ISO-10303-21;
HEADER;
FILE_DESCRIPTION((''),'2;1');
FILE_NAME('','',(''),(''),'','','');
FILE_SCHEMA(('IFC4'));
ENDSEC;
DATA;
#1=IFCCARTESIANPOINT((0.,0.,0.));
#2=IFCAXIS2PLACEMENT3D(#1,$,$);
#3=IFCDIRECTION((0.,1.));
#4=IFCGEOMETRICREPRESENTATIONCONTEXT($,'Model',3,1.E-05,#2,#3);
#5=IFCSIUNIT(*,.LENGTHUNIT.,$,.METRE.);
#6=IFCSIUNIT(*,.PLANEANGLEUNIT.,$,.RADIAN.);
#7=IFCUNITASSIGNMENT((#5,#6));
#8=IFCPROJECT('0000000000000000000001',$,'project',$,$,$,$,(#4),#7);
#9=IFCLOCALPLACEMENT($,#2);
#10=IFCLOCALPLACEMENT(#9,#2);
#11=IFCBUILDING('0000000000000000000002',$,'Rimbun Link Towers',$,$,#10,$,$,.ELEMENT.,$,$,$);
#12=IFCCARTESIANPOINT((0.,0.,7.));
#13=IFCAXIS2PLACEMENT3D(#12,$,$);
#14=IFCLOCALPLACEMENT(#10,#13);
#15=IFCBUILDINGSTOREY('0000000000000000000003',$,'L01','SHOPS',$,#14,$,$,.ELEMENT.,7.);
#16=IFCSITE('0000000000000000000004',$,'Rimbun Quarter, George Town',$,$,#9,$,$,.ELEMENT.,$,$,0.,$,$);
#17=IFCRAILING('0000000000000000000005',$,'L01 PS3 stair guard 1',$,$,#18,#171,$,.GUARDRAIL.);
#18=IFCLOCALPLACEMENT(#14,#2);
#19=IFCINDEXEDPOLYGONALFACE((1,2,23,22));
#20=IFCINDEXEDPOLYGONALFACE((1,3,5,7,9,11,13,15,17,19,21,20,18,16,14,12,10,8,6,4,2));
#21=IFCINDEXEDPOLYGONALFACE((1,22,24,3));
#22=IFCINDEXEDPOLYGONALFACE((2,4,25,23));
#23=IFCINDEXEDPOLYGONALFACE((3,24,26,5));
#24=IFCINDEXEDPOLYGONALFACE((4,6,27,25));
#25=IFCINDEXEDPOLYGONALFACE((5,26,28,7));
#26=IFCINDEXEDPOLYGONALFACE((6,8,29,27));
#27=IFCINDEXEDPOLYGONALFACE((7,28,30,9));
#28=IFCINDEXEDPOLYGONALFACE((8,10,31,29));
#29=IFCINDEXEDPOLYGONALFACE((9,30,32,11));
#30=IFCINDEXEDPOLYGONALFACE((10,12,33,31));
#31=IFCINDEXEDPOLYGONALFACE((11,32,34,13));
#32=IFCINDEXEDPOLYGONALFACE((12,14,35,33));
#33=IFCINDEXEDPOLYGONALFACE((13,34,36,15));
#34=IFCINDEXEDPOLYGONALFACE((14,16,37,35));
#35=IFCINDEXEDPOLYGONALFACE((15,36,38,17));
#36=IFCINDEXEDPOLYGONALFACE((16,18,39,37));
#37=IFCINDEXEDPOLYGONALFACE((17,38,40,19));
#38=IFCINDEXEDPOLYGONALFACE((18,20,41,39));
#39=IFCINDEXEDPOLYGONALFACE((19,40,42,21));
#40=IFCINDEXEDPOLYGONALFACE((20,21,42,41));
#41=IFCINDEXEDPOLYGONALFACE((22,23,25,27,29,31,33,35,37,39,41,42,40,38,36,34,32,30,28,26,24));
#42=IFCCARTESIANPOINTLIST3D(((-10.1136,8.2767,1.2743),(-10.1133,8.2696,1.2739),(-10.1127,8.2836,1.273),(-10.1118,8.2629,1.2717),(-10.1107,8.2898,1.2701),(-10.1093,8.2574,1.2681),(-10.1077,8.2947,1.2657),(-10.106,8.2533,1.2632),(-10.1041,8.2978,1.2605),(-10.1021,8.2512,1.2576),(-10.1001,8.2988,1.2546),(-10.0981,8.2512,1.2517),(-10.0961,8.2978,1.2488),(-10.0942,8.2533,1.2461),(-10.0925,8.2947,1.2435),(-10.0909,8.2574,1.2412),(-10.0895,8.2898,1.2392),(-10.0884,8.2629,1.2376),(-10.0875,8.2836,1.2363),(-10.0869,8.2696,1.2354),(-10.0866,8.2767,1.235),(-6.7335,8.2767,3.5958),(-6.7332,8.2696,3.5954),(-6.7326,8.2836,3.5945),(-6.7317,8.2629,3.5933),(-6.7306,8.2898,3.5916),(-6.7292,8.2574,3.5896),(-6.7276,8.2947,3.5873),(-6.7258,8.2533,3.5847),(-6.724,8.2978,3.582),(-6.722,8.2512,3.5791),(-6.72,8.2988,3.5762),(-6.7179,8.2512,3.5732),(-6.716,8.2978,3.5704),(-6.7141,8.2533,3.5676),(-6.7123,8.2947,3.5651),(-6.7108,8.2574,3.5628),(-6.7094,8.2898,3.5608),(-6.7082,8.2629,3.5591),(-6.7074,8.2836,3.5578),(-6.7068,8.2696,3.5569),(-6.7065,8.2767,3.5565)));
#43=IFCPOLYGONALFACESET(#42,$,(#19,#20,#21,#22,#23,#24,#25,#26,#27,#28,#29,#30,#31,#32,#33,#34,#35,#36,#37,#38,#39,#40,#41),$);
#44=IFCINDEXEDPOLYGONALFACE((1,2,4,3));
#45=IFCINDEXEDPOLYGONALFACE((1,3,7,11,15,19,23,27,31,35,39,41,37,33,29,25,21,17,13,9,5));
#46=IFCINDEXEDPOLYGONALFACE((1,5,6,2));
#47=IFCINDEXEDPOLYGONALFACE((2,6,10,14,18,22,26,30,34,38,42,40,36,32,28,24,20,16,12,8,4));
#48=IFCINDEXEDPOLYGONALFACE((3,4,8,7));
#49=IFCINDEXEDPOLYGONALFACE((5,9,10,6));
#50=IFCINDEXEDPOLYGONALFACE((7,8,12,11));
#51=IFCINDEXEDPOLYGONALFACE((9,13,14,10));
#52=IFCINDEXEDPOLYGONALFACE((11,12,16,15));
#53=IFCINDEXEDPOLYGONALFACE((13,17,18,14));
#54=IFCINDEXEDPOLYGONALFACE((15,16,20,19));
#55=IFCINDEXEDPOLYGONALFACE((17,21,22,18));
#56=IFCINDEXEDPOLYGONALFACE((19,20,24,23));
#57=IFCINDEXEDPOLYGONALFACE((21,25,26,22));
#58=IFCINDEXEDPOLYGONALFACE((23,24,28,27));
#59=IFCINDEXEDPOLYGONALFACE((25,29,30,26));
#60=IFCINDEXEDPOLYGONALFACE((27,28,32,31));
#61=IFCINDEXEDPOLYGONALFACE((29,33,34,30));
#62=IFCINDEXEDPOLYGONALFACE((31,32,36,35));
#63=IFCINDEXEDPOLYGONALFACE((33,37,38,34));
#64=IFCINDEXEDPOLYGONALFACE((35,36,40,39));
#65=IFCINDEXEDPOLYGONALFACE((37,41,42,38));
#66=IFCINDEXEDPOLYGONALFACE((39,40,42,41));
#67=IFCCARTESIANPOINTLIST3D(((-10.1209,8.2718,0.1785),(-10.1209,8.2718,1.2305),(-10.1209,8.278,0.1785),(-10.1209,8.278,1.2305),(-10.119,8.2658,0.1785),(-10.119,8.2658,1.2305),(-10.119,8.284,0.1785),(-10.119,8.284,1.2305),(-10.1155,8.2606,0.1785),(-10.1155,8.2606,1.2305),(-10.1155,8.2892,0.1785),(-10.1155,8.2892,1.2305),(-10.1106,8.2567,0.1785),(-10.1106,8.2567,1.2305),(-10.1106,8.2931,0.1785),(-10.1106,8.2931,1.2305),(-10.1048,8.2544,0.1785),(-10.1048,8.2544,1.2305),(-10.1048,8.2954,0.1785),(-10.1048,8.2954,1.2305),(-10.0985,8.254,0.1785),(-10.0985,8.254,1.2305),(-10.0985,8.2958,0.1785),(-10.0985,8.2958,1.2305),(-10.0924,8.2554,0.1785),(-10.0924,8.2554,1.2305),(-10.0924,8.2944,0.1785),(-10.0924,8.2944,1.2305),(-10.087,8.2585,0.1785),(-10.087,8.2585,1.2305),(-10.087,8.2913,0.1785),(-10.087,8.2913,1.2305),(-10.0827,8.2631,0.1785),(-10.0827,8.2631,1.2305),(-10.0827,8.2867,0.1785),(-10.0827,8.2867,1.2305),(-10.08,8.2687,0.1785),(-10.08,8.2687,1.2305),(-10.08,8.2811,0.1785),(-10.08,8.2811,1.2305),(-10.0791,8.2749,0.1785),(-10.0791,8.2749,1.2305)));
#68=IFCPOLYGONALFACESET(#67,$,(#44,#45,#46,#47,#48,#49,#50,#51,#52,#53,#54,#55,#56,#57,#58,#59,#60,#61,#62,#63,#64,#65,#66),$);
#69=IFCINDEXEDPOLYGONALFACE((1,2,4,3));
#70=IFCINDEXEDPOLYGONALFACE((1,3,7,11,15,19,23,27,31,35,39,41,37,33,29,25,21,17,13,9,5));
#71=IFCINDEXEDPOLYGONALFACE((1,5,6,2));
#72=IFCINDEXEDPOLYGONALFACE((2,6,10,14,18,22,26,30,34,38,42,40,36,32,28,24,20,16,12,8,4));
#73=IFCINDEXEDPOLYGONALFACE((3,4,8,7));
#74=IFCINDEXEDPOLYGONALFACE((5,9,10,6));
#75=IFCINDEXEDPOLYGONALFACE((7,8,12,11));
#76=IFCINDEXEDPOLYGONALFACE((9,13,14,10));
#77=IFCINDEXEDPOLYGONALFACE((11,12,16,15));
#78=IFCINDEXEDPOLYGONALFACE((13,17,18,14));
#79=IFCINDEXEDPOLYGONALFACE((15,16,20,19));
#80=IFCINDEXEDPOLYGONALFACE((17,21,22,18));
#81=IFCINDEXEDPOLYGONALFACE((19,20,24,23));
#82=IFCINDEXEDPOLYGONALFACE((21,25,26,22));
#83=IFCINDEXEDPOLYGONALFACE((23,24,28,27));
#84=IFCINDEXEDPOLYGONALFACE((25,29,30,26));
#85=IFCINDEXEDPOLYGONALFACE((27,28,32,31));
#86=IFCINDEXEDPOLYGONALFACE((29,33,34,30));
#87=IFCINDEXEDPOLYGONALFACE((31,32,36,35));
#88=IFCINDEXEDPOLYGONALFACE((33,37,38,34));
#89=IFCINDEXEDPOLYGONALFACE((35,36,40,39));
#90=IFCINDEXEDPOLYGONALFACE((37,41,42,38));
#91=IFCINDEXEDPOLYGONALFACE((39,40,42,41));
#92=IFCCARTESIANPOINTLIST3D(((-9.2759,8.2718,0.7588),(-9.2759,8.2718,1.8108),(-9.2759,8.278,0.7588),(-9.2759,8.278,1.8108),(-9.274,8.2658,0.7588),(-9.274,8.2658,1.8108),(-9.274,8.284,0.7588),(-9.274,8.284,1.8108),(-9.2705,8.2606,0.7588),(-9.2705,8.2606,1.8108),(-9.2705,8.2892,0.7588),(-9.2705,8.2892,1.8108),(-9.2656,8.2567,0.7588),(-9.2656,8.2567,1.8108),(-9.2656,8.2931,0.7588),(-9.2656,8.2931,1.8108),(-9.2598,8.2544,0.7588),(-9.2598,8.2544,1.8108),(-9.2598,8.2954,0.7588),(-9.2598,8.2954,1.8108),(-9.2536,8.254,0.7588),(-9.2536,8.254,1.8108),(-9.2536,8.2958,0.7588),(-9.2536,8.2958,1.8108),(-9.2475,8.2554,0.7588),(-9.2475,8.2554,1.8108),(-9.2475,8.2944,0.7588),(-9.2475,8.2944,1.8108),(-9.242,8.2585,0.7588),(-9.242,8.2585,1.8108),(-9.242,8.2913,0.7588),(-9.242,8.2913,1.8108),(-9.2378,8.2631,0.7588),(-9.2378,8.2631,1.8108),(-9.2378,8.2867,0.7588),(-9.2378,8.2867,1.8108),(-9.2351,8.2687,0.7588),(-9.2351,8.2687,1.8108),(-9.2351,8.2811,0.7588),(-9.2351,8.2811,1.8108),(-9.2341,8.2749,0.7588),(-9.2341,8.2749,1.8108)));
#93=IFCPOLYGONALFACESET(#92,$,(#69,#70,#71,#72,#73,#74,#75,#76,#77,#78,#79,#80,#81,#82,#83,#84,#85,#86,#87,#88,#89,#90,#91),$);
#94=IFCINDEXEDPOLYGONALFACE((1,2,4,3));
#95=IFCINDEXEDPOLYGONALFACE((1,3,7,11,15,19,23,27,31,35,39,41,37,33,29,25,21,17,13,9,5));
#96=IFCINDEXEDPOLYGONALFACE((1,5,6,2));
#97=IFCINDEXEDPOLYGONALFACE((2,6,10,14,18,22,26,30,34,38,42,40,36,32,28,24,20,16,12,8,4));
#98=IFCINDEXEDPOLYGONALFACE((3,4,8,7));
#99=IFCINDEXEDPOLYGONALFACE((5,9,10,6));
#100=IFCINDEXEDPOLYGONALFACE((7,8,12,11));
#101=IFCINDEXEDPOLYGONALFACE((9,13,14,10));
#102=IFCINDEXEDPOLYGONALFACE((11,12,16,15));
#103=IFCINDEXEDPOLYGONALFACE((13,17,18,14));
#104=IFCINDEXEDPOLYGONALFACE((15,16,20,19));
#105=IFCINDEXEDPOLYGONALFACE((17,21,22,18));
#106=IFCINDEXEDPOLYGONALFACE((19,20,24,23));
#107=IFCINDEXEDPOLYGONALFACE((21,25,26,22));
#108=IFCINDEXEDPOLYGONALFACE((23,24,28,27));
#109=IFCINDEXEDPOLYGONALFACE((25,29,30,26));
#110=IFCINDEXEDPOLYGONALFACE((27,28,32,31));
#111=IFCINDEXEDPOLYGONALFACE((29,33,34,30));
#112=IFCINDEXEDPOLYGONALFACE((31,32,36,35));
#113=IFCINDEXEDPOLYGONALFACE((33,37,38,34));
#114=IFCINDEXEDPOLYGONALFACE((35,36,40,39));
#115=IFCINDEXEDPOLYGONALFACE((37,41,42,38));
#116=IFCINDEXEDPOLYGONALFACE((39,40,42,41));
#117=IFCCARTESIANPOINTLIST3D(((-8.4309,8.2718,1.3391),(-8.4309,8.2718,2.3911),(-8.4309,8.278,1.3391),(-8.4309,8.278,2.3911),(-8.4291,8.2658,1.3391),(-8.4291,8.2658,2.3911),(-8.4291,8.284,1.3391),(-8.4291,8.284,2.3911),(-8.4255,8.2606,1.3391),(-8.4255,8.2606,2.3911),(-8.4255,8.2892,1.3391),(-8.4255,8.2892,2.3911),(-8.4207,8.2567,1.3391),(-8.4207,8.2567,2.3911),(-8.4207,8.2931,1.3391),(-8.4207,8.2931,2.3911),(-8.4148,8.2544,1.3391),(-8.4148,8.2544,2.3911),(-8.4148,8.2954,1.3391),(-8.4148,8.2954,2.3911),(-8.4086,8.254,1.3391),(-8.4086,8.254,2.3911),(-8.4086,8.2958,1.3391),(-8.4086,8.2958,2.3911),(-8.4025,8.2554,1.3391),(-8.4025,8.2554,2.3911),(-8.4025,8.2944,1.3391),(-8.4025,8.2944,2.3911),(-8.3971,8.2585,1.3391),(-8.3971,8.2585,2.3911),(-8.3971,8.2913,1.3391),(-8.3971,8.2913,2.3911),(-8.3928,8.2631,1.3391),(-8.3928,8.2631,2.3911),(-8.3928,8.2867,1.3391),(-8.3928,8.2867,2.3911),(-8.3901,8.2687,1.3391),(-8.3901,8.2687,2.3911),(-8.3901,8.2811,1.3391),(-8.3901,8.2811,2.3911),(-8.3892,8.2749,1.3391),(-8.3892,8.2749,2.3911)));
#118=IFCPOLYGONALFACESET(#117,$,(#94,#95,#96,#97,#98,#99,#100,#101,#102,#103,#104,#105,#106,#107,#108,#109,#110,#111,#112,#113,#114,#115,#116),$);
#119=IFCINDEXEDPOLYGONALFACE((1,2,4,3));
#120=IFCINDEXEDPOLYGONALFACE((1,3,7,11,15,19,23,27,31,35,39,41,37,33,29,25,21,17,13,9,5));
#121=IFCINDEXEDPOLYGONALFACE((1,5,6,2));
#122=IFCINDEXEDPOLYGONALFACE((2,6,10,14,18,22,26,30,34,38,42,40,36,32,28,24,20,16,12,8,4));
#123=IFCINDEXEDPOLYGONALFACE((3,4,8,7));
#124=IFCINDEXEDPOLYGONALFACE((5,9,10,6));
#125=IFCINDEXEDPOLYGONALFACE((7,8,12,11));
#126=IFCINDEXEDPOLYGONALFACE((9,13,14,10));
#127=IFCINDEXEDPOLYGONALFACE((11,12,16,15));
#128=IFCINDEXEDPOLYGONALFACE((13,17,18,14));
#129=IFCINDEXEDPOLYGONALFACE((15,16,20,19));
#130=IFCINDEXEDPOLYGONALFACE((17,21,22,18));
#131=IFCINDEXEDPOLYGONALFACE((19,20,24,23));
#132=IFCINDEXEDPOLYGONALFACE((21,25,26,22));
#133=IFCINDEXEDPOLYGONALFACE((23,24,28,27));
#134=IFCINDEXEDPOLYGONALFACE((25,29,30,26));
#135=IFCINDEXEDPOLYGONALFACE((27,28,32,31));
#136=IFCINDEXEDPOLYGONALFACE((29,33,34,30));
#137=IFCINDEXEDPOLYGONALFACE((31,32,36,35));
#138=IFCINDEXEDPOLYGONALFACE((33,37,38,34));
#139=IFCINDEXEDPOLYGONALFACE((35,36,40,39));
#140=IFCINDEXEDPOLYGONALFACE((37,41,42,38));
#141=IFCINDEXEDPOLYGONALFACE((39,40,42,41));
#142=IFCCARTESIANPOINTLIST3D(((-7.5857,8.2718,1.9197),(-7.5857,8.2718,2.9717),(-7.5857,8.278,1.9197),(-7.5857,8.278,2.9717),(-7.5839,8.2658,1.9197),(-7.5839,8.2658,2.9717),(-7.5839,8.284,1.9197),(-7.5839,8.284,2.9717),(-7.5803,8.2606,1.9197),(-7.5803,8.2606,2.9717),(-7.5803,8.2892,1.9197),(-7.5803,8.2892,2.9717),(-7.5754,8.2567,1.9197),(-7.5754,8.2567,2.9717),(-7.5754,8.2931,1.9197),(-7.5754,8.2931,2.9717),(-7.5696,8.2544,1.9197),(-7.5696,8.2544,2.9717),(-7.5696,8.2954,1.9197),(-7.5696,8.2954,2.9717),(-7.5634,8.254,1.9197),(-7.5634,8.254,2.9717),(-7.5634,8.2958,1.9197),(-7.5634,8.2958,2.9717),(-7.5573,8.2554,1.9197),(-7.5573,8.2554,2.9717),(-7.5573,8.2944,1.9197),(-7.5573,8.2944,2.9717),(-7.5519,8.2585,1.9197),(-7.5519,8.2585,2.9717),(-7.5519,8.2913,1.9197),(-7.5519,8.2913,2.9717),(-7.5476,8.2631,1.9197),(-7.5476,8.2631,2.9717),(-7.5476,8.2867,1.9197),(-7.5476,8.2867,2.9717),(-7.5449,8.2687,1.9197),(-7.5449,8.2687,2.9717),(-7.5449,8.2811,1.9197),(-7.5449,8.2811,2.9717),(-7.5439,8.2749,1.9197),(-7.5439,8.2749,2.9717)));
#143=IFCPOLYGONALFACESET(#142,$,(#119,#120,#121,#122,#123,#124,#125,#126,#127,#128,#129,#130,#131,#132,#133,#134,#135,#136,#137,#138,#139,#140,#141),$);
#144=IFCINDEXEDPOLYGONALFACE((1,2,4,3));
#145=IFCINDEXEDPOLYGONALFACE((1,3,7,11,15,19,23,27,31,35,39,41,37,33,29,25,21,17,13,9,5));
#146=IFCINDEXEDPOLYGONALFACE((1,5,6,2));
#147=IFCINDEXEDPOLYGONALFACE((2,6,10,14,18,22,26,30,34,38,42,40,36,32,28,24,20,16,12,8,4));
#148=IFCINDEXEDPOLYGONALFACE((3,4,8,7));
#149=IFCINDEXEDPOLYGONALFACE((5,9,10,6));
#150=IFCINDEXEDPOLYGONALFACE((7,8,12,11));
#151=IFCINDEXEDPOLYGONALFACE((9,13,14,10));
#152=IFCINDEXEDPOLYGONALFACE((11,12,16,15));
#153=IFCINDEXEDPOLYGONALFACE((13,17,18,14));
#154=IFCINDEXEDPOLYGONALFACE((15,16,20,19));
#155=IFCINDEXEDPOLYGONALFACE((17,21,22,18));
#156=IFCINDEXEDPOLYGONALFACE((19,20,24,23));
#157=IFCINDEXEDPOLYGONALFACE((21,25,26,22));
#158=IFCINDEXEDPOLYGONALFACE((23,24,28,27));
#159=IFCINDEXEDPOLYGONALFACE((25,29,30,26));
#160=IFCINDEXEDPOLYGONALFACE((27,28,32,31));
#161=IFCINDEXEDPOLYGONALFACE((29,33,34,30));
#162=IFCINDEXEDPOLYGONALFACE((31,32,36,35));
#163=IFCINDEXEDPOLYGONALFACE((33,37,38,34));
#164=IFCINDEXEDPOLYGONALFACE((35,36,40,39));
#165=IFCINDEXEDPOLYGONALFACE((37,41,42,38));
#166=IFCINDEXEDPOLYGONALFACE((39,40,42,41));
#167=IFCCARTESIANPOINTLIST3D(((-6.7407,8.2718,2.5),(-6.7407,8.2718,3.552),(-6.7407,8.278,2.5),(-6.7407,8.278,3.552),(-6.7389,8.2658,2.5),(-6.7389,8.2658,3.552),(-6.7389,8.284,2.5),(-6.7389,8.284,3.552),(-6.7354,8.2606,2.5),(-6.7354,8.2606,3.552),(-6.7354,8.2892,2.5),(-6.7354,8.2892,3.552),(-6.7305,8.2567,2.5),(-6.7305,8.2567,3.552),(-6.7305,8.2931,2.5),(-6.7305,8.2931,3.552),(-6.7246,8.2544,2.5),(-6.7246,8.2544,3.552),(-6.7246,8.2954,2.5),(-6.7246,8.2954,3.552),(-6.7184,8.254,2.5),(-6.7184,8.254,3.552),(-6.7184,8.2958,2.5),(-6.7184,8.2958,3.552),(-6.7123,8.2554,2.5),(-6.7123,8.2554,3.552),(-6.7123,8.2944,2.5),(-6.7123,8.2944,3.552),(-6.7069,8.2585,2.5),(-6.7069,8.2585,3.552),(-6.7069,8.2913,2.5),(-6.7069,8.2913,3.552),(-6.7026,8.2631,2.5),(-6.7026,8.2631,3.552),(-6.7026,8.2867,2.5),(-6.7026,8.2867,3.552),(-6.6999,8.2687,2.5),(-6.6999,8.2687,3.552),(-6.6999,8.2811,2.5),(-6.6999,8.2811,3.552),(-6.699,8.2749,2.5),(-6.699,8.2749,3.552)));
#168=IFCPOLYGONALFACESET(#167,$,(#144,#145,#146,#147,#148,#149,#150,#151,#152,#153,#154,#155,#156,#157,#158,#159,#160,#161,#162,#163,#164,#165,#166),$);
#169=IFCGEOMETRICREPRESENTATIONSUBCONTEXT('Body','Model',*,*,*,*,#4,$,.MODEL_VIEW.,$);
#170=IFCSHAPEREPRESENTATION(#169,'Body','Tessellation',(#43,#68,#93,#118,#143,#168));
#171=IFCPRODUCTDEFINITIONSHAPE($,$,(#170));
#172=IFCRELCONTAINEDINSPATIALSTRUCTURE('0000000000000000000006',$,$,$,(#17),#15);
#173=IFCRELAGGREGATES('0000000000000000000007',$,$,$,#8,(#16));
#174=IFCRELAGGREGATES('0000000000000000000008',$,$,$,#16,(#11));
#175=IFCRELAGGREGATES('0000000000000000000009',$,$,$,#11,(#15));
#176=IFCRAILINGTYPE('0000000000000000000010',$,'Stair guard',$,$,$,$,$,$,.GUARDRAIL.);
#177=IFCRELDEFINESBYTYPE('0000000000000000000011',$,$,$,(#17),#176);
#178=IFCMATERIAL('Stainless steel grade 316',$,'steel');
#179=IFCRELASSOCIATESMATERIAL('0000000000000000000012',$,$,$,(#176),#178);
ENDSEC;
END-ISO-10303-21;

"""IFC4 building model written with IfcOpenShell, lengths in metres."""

from ifc_helpers import new_model, si_unit, direction, frame, origin, origin_2d, place, context, subcontext, project, spatial, circle, extrude, material, type_object, element, save


model = new_model("IFC4")

# Units and contexts
model_context = context("Model", 3, precision=1e-05, world=origin(), true_north=direction((0.0, 1.0)))
body_context = subcontext(model_context, "Body", "Model", "MODEL_VIEW")
ifc_project = project(units=[si_unit("LENGTHUNIT", "METRE"), si_unit("PLANEANGLEUNIT", "RADIAN")], contexts=[model_context])

# Site, building, storey
site_placement = place(None, origin())
site = spatial("IfcSite", under=ifc_project, at=site_placement, Name="Rimbun Quarter, George Town", CompositionType="ELEMENT", RefElevation=0.0)
building_placement = place(site_placement, origin())
building = spatial("IfcBuilding", under=site, at=building_placement, Name="Rimbun Link Towers", CompositionType="ELEMENT")
storey_placement = place(building_placement, frame((0.0, 0.0, 7.0)))
storey = spatial("IfcBuildingStorey", under=building, at=storey_placement, Name="L01", Description="SHOPS", CompositionType="ELEMENT", Elevation=7.0)

# Railing
ifc_material_1 = material(Name="Stainless steel grade 316", Category="steel")
railing_type_1 = type_object("IfcRailingType", Name="Stair guard", PredefinedType="GUARDRAIL", material=ifc_material_1)
railing_1_placement = place(storey_placement, frame((-10.1001, 8.2749, 0.1785)))
element("IfcRailing", 1, at=railing_1_placement, inside=storey, type_object=railing_type_1, Name="L01 PS3 stair guard 1", PredefinedType="GUARDRAIL", context=body_context, shape_type="SweptSolid", body=[
    extrude(circle(Radius=0.0239, at=origin_2d()), frame((0.0, 0.0, 1.0762), z_axis=(0.824304, 0.0, 0.566147), x_axis=(0.0, 1.0, 0.0)), (0.0, 0.0, 1.0), 4.1006),
    extrude(circle(Radius=0.021, at=origin_2d()), origin(), (0.0, 0.0, 1.0), 1.052),
    extrude(circle(Radius=0.021, at=origin_2d()), frame((0.845, 0.0, 0.5803)), (0.0, 0.0, 1.0), 1.052),
    extrude(circle(Radius=0.021, at=origin_2d()), frame((1.6899, 0.0, 1.1606)), (0.0, 0.0, 1.0), 1.052),
    extrude(circle(Radius=0.021, at=origin_2d()), frame((2.5352, 0.0, 1.7412)), (0.0, 0.0, 1.0), 1.052),
    extrude(circle(Radius=0.021, at=origin_2d()), frame((3.3801, 0.0, 2.3215)), (0.0, 0.0, 1.0), 1.052),
])

save(model, "model.ifc")
